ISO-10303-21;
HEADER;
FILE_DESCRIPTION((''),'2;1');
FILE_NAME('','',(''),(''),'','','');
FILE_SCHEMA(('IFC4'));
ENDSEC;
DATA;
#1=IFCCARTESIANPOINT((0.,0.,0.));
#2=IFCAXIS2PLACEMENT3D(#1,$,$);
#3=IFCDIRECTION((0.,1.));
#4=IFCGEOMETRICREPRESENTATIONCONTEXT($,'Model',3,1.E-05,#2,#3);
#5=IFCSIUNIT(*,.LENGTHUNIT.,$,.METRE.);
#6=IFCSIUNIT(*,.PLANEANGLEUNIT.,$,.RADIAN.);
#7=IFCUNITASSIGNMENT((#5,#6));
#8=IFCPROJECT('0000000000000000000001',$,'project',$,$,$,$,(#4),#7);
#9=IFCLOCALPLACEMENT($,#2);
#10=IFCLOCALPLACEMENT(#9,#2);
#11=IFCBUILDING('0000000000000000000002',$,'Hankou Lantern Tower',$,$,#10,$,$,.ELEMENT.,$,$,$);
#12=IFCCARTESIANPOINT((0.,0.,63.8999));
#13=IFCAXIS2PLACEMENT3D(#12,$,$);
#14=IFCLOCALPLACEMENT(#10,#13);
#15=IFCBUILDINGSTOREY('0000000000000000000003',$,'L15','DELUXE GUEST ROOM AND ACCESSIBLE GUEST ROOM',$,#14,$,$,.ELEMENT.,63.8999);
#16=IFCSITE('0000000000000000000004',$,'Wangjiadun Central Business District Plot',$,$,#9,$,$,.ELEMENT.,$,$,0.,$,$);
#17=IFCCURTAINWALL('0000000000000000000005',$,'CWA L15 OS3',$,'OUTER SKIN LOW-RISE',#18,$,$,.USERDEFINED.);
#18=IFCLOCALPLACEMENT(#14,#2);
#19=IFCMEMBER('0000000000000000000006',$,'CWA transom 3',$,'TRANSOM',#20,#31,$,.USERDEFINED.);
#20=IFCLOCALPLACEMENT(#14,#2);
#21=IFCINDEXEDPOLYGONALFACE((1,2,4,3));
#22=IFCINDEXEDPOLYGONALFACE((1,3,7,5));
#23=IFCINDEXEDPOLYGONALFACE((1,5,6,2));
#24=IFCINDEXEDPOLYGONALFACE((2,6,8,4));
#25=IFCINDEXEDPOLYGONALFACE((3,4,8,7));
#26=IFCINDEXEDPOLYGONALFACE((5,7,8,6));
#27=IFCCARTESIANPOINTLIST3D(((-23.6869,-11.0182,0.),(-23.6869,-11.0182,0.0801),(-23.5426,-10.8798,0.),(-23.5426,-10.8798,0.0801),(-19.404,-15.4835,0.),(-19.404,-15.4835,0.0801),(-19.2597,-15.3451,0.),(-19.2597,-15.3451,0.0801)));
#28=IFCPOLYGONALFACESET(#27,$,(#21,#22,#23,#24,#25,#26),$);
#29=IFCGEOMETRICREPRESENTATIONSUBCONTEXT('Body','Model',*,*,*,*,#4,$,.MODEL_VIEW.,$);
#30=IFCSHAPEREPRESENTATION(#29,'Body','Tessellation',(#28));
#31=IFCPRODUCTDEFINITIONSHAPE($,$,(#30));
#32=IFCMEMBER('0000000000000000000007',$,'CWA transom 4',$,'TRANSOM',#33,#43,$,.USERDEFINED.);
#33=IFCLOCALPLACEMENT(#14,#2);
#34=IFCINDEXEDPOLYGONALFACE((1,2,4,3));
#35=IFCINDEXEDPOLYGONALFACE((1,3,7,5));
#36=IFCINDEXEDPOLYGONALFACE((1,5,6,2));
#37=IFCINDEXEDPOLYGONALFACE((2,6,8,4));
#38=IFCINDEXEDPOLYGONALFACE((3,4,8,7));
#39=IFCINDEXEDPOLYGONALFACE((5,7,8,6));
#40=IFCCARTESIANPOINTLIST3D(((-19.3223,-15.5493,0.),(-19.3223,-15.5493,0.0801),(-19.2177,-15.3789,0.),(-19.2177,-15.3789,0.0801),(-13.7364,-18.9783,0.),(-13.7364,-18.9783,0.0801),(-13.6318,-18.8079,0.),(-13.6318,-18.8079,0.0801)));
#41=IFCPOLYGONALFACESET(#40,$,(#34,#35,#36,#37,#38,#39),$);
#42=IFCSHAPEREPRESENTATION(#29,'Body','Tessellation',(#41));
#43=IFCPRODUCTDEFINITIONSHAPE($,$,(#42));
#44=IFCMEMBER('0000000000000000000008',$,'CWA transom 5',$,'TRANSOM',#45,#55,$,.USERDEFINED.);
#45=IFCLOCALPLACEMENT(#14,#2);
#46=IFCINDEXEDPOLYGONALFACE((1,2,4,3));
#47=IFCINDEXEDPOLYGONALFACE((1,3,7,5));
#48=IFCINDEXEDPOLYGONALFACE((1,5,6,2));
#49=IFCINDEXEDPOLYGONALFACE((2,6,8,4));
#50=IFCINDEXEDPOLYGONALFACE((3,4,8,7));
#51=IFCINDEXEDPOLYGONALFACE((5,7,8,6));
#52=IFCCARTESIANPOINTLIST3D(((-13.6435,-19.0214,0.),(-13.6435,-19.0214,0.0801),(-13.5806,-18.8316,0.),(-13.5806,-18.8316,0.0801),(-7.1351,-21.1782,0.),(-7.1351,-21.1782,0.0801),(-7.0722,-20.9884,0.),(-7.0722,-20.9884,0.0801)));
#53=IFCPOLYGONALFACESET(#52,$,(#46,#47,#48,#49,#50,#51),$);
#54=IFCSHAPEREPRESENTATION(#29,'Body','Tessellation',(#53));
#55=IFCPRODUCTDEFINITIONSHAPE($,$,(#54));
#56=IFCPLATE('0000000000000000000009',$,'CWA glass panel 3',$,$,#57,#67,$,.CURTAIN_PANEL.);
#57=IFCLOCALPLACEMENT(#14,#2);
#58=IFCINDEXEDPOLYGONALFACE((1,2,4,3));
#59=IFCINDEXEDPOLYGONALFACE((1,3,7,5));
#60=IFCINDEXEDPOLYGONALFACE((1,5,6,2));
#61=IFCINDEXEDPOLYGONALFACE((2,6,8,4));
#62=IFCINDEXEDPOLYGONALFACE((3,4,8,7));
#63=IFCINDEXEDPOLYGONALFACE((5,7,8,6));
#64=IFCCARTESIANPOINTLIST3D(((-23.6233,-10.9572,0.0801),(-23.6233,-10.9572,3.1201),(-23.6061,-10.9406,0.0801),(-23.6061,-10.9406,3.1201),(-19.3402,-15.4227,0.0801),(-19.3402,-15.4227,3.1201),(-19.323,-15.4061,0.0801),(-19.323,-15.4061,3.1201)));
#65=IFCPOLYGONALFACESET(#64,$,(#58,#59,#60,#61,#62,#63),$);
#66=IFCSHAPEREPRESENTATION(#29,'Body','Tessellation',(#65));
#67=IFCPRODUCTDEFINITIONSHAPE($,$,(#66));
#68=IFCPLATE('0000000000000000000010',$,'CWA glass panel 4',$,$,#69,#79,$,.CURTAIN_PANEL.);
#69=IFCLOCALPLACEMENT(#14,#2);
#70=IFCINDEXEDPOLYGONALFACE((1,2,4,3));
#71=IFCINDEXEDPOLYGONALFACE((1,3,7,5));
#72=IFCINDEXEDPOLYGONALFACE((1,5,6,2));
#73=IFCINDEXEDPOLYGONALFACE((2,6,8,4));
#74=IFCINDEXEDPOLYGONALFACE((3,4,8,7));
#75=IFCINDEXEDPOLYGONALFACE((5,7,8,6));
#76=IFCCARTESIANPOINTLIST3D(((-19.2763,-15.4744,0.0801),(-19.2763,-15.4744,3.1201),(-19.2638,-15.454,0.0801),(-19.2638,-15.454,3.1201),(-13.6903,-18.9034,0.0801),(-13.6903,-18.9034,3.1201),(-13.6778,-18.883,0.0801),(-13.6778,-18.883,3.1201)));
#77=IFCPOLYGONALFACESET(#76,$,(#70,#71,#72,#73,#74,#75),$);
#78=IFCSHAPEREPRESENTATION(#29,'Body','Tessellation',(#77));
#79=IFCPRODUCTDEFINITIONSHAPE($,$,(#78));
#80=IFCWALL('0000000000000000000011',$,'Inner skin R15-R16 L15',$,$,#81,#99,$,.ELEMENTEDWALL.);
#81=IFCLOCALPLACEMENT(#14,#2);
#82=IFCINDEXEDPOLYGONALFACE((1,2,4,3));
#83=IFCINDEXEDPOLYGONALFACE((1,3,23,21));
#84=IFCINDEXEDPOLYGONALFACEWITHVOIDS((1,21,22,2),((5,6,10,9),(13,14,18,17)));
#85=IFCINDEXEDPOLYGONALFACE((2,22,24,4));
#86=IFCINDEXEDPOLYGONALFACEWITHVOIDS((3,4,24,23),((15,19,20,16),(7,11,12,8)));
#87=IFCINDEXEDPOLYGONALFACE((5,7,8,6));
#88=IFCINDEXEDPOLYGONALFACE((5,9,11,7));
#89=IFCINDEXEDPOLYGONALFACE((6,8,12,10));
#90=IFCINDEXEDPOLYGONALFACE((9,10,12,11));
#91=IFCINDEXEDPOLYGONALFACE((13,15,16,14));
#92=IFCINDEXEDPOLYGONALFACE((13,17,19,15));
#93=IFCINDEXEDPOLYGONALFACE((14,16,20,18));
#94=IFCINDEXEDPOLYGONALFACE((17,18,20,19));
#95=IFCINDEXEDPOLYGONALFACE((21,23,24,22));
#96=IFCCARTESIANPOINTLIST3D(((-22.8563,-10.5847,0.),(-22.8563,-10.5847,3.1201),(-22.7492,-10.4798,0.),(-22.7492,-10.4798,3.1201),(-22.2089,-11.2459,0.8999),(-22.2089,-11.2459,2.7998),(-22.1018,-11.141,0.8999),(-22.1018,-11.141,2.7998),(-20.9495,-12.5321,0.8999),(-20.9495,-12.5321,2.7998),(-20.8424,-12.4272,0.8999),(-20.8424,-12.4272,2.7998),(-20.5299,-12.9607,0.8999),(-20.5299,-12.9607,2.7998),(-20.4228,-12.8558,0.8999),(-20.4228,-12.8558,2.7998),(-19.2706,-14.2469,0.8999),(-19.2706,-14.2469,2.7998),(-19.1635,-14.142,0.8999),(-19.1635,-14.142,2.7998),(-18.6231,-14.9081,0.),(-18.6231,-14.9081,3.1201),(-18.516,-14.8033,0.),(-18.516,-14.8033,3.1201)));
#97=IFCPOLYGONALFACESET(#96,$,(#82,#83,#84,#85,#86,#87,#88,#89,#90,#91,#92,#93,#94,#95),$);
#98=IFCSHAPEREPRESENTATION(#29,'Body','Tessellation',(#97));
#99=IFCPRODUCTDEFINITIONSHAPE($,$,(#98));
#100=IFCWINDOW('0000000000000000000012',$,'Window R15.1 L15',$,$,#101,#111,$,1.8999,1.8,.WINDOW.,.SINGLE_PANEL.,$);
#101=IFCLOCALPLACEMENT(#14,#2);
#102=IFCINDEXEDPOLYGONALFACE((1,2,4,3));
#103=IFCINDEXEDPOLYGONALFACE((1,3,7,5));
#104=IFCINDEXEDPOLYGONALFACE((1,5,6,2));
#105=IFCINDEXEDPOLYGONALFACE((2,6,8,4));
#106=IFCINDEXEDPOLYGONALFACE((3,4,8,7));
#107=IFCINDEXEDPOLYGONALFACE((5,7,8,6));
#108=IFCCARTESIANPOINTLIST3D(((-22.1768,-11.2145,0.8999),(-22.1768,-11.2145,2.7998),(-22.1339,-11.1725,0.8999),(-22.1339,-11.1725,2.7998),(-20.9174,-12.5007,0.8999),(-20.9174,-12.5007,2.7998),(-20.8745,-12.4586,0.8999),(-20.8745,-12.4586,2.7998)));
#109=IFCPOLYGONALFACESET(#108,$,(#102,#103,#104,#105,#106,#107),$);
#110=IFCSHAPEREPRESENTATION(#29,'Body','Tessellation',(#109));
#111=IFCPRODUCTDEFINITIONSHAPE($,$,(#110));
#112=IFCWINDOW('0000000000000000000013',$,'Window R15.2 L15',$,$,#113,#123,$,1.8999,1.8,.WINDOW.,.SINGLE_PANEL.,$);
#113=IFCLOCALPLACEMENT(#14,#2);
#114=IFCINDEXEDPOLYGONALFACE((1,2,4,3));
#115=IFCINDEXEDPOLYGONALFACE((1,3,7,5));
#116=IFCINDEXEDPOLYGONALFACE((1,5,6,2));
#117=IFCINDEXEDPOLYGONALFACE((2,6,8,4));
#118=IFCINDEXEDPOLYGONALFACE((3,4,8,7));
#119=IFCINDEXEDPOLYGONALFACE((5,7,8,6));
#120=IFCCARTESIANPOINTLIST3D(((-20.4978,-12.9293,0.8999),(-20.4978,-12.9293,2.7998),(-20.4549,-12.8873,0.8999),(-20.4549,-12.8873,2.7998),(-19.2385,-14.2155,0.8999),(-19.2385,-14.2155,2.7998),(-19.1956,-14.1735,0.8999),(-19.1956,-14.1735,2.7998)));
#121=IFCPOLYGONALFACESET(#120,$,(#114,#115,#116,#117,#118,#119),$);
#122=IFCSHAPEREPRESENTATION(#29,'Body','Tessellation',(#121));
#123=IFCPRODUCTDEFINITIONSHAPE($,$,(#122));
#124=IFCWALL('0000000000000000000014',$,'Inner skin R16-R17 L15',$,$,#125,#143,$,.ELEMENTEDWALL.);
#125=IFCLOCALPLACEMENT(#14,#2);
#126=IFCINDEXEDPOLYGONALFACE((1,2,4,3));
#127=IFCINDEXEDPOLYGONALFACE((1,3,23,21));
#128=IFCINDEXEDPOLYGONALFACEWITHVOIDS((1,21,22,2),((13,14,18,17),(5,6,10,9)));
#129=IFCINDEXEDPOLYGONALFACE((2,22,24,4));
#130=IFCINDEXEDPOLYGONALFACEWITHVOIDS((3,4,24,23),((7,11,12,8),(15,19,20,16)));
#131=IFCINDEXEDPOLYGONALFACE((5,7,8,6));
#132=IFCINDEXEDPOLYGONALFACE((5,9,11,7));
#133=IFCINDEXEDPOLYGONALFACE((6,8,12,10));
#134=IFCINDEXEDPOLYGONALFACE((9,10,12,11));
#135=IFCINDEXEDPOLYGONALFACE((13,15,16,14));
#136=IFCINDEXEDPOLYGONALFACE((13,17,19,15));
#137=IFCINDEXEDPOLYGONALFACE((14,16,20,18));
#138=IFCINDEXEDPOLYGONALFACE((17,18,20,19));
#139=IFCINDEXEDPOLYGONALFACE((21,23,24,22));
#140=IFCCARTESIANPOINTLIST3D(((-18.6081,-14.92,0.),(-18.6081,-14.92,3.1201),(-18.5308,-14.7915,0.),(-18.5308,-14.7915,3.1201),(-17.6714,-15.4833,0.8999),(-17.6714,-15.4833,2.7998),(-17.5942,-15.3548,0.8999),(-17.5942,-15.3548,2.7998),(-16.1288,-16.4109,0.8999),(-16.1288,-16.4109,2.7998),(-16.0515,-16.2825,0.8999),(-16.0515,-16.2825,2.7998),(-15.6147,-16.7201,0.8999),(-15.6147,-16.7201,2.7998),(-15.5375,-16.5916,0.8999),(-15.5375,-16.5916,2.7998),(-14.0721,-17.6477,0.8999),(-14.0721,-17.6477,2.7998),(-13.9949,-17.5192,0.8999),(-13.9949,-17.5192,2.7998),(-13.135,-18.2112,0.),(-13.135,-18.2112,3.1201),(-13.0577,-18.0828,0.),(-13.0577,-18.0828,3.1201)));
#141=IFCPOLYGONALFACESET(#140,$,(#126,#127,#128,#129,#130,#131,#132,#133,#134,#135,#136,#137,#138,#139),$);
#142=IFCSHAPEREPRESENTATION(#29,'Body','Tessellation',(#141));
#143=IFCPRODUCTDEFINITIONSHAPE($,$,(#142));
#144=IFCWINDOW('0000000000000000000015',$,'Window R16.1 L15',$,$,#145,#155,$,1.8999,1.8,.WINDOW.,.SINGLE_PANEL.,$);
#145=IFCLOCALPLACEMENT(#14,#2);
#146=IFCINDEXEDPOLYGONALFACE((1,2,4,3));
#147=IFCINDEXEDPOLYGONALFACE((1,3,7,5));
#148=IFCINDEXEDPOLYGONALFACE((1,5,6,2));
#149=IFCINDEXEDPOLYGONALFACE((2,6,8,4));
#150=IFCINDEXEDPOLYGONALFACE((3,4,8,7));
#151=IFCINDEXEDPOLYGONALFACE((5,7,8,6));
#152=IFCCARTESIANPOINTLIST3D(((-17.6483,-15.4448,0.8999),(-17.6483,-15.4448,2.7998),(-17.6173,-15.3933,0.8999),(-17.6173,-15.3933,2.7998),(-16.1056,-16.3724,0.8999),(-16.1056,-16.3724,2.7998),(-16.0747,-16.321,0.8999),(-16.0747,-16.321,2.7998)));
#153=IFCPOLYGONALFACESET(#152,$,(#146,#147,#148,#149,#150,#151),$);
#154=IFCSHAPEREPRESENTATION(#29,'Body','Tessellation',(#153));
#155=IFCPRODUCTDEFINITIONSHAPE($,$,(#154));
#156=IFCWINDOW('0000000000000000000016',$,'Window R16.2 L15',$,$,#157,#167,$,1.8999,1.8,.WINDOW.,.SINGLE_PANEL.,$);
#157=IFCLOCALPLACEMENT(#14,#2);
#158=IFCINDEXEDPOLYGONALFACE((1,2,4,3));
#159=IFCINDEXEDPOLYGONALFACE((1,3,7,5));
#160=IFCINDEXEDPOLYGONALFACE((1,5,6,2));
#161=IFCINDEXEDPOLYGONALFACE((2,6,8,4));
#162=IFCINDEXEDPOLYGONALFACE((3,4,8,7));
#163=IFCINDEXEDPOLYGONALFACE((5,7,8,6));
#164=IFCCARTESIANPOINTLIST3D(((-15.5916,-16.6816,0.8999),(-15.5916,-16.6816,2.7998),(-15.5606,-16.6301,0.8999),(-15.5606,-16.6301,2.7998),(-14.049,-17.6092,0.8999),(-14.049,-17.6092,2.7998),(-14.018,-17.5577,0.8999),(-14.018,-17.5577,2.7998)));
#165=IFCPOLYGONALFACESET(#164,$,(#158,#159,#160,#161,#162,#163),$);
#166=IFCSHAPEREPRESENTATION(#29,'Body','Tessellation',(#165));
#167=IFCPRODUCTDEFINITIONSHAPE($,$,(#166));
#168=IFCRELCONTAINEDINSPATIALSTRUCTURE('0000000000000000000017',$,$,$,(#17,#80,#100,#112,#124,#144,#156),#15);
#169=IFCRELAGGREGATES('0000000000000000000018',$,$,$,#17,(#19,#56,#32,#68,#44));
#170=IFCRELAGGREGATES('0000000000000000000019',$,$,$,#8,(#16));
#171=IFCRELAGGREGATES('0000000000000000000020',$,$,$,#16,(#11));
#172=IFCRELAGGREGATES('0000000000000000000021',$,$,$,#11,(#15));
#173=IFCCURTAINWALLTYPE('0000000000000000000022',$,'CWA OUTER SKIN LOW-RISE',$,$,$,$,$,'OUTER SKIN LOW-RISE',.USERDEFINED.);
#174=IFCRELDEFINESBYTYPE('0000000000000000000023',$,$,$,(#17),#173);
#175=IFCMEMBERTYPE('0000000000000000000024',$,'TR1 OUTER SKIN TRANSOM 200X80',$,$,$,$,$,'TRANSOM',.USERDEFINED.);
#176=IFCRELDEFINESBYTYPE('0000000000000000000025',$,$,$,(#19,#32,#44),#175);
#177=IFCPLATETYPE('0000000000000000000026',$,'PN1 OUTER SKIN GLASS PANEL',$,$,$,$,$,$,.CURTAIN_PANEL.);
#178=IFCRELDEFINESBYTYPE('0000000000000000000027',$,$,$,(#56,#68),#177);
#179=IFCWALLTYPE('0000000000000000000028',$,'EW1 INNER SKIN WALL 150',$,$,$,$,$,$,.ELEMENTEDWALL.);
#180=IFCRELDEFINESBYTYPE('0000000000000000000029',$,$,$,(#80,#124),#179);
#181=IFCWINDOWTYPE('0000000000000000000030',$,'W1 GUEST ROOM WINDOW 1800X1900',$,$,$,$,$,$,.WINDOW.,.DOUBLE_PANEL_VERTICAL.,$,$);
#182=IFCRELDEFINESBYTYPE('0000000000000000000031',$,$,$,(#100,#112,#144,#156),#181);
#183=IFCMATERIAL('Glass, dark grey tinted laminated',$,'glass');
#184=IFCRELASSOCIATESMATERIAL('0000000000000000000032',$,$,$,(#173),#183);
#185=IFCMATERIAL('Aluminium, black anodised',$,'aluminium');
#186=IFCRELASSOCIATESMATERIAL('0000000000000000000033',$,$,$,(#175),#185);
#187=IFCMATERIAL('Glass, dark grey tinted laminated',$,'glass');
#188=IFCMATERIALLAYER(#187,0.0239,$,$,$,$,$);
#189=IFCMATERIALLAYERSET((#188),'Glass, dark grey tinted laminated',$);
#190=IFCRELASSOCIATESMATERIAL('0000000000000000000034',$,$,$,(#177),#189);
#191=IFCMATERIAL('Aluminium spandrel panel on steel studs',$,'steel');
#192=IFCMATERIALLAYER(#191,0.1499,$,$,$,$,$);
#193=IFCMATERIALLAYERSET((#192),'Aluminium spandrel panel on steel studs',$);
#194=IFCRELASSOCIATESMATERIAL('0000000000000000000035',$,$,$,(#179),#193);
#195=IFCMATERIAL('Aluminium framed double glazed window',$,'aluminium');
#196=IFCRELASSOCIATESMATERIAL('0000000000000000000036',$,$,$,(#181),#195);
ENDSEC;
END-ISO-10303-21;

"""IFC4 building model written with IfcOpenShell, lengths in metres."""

from ifc_helpers import new_model, si_unit, direction, frame, frame_2d, origin, origin_2d, place, context, subcontext, project, spatial, rectangle, extrude, material, layer, layer_set, material_profile, profile_set, type_object, element, fill, aggregate, save


model = new_model("IFC4")

# Units and contexts
model_context = context("Model", 3, precision=1e-05, world=origin(), true_north=direction((0.0, 1.0)))
body_context = subcontext(model_context, "Body", "Model", "MODEL_VIEW")
ifc_project = project(units=[si_unit("LENGTHUNIT", "METRE"), si_unit("PLANEANGLEUNIT", "RADIAN")], contexts=[model_context])

# Site, building, storey
site_placement = place(None, origin())
site = spatial("IfcSite", under=ifc_project, at=site_placement, Name="Wangjiadun Central Business District Plot", CompositionType="ELEMENT", RefElevation=0.0)
building_placement = place(site_placement, origin())
building = spatial("IfcBuilding", under=site, at=building_placement, Name="Hankou Lantern Tower", CompositionType="ELEMENT")
storey_placement = place(building_placement, frame((0.0, 0.0, 63.8999)))
storey = spatial("IfcBuildingStorey", under=building, at=storey_placement, Name="L15", Description="DELUXE GUEST ROOM AND ACCESSIBLE GUEST ROOM", CompositionType="ELEMENT", Elevation=63.8999)

# Curtain wall
ifc_material_1 = material(Name="Glass, dark grey tinted laminated", Category="glass")
curtain_wall_type = type_object("IfcCurtainWallType", Name="CWA OUTER SKIN LOW-RISE", ElementType="OUTER SKIN LOW-RISE", PredefinedType="USERDEFINED", material=ifc_material_1)
curtain_wall_placement = place(storey_placement, origin())
curtain_wall = element("IfcCurtainWall", 1, at=curtain_wall_placement, inside=storey, type_object=curtain_wall_type, Name="CWA L15 OS3", ObjectType="OUTER SKIN LOW-RISE", PredefinedType="USERDEFINED")

# Members
ifc_material_2 = material(Name="Aluminium, black anodised", Category="aluminium")
ifc_material_profile_1 = material_profile(ifc_material_2, rectangle(XDim=0.2, YDim=0.0801, at=origin_2d()), Name="TR1 200X80")
ifc_profile_set_1 = profile_set([ifc_material_profile_1], Name="Aluminium, black anodised")
member_type_1 = type_object("IfcMemberType", Name="TR1 OUTER SKIN TRANSOM 200X80", ElementType="TRANSOM", PredefinedType="USERDEFINED", material=ifc_profile_set_1)
member_1_placement = place(storey_placement, frame((-23.6147, -10.949, 0.04), z_axis=(0.692216, -0.721691, 0.0), x_axis=(0.721691, 0.692216, 0.0)))
member_1 = element("IfcMember", 2, at=member_1_placement, type_object=member_type_1, Name="CWA transom 3", ObjectType="TRANSOM", PredefinedType="USERDEFINED", context=body_context, shape_type="SweptSolid", body=[
    extrude(rectangle(XDim=0.2, YDim=0.0801, at=origin_2d()), origin(), (0.0, 0.0, 1.0), 6.1873),
])
member_2_placement = place(storey_placement, frame((-19.27, -15.4641, 0.04), z_axis=(0.85224, -0.523152, 0.0), x_axis=(0.523152, 0.85224, 0.0)))
member_2 = element("IfcMember", 3, at=member_2_placement, type_object=member_type_1, Name="CWA transom 4", ObjectType="TRANSOM", PredefinedType="USERDEFINED", context=body_context, shape_type="SweptSolid", body=[
    extrude(rectangle(XDim=0.2, YDim=0.0801, at=origin_2d()), origin(), (0.0, 0.0, 1.0), 6.5544),
])
member_3_placement = place(storey_placement, frame((-13.6121, -18.9265, 0.04), z_axis=(0.949237, -0.314561, 0.0), x_axis=(0.314561, 0.949237, 0.0)))
member_3 = element("IfcMember", 4, at=member_3_placement, type_object=member_type_1, Name="CWA transom 5", ObjectType="TRANSOM", PredefinedType="USERDEFINED", context=body_context, shape_type="SweptSolid", body=[
    extrude(rectangle(XDim=0.2, YDim=0.0801, at=origin_2d()), origin(), (0.0, 0.0, 1.0), 6.8564),
])

# Plates
ifc_material_3 = material(Name="Glass, dark grey tinted laminated", Category="glass")
ifc_layer_1 = layer(ifc_material_3, 0.0239)
ifc_layer_set_1 = layer_set([ifc_layer_1], Name="Glass, dark grey tinted laminated")
plate_type = type_object("IfcPlateType", Name="PN1 OUTER SKIN GLASS PANEL", PredefinedType="CURTAIN_PANEL", material=ifc_layer_set_1)
plate_1_placement = place(storey_placement, frame((-21.4731, -13.1816, 0.0801), z_axis=(0.0, 0.0, 1.0), x_axis=(0.692216, -0.721691, 0.0)))
plate_1 = element("IfcPlate", 5, at=plate_1_placement, type_object=plate_type, Name="CWA glass panel 3", PredefinedType="CURTAIN_PANEL", context=body_context, shape_type="SweptSolid", body=[
    extrude(rectangle(XDim=6.1875, YDim=0.0239, at=origin_2d()), origin(), (0.0, 0.0, 1.0), 3.04),
])
plate_2_placement = place(storey_placement, frame((-16.4771, -17.1787, 0.0801), z_axis=(0.0, 0.0, 1.0), x_axis=(0.852237, -0.523156, 0.0)))
plate_2 = element("IfcPlate", 6, at=plate_2_placement, type_object=plate_type, Name="CWA glass panel 4", PredefinedType="CURTAIN_PANEL", context=body_context, shape_type="SweptSolid", body=[
    extrude(rectangle(XDim=6.5544, YDim=0.0239, at=origin_2d()), origin(), (0.0, 0.0, 1.0), 3.04),
])
aggregate(curtain_wall, [member_1, plate_1, member_2, plate_2, member_3])

# Walls, openings, windows
ifc_material_4 = material(Name="Aluminium spandrel panel on steel studs", Category="steel")
ifc_layer_2 = layer(ifc_material_4, 0.1499)
ifc_layer_set_2 = layer_set([ifc_layer_2], Name="Aluminium spandrel panel on steel studs")
wall_type_1 = type_object("IfcWallType", Name="EW1 INNER SKIN WALL 150", PredefinedType="ELEMENTEDWALL", material=ifc_layer_set_2)
wall_1_placement = place(storey_placement, frame((-22.8027, -10.5322, 0.0), z_axis=(0.0, 0.0, 1.0), x_axis=(0.699603, -0.714532, 0.0)))
wall_1 = element("IfcWall", 7, at=wall_1_placement, inside=storey, type_object=wall_type_1, Name="Inner skin R15-R16 L15", PredefinedType="ELEMENTEDWALL", context=body_context, shape_type="SweptSolid", body=[
    extrude(rectangle(XDim=6.0508, YDim=0.1499, at=frame_2d((3.0254, 0.0))), origin(), (0.0, 0.0, 1.0), 3.1201),
])
opening_1_placement = place(wall_1_placement, frame((0.9255, 0.0, 0.8999)))
opening_1 = element("IfcOpeningElement", 8, at=opening_1_placement, cuts=wall_1, PredefinedType="OPENING", context=body_context, shape_type="SweptSolid", body=[
    extrude(rectangle(XDim=1.8, YDim=1.8999, at=frame_2d((0.8999, 0.95))), frame((0.0, 0.085, 0.0), z_axis=(0.0, -1.0, 0.0), x_axis=(1.0, 0.0, 0.0)), (0.0, 0.0, 1.0), 0.1699),
])
opening_2_placement = place(wall_1_placement, frame((3.3254, 0.0, 0.8999)))
opening_2 = element("IfcOpeningElement", 9, at=opening_2_placement, cuts=wall_1, PredefinedType="OPENING", context=body_context, shape_type="SweptSolid", body=[
    extrude(rectangle(XDim=1.8, YDim=1.8999, at=frame_2d((0.8999, 0.95))), frame((0.0, 0.085, 0.0), z_axis=(0.0, -1.0, 0.0), x_axis=(1.0, 0.0, 0.0)), (0.0, 0.0, 1.0), 0.1699),
])
ifc_material_5 = material(Name="Aluminium framed double glazed window", Category="aluminium")
window_type = type_object("IfcWindowType", Name="W1 GUEST ROOM WINDOW 1800X1900", PartitioningType="DOUBLE_PANEL_VERTICAL", PredefinedType="WINDOW", material=ifc_material_5)
window_1_placement = place(opening_1_placement, origin())
window_1 = element("IfcWindow", 10, at=window_1_placement, inside=storey, type_object=window_type, Name="Window R15.1 L15", OverallHeight=1.8999, OverallWidth=1.8, PartitioningType="SINGLE_PANEL", PredefinedType="WINDOW", context=body_context, shape_type="SweptSolid", body=[
    extrude(rectangle(XDim=1.8, YDim=1.8999, at=frame_2d((0.8999, 0.95))), frame((0.0, 0.03, 0.0), z_axis=(0.0, -1.0, 0.0), x_axis=(1.0, 0.0, 0.0)), (0.0, 0.0, 1.0), 0.0601),
])
fill(opening_1, window_1)
window_2_placement = place(opening_2_placement, origin())
window_2 = element("IfcWindow", 11, at=window_2_placement, inside=storey, type_object=window_type, Name="Window R15.2 L15", OverallHeight=1.8999, OverallWidth=1.8, PartitioningType="SINGLE_PANEL", PredefinedType="WINDOW", context=body_context, shape_type="SweptSolid", body=[
    extrude(rectangle(XDim=1.8, YDim=1.8999, at=frame_2d((0.8999, 0.95))), frame((0.0, 0.03, 0.0), z_axis=(0.0, -1.0, 0.0), x_axis=(1.0, 0.0, 0.0)), (0.0, 0.0, 1.0), 0.0601),
])
fill(opening_2, window_2)
wall_2_placement = place(storey_placement, frame((-18.5696, -14.8557, 0.0), z_axis=(0.0, 0.0, 1.0), x_axis=(0.856983, -0.515344, 0.0)))
wall_2 = element("IfcWall", 12, at=wall_2_placement, inside=storey, type_object=wall_type_1, Name="Inner skin R16-R17 L15", PredefinedType="ELEMENTEDWALL", context=body_context, shape_type="SweptSolid", body=[
    extrude(rectangle(XDim=6.3865, YDim=0.1499, at=frame_2d((3.1934, 0.0))), origin(), (0.0, 0.0, 1.0), 3.1201),
])
opening_3_placement = place(wall_2_placement, frame((1.0933, 0.0, 0.8999)))
opening_3 = element("IfcOpeningElement", 13, at=opening_3_placement, cuts=wall_2, PredefinedType="OPENING", context=body_context, shape_type="SweptSolid", body=[
    extrude(rectangle(XDim=1.8, YDim=1.8999, at=frame_2d((0.8999, 0.95))), frame((0.0, 0.085, 0.0), z_axis=(0.0, -1.0, 0.0), x_axis=(1.0, 0.0, 0.0)), (0.0, 0.0, 1.0), 0.1699),
])
opening_4_placement = place(wall_2_placement, frame((3.4932, 0.0, 0.8999)))
opening_4 = element("IfcOpeningElement", 14, at=opening_4_placement, cuts=wall_2, PredefinedType="OPENING", context=body_context, shape_type="SweptSolid", body=[
    extrude(rectangle(XDim=1.8, YDim=1.8999, at=frame_2d((0.8999, 0.95))), frame((0.0, 0.085, 0.0), z_axis=(0.0, -1.0, 0.0), x_axis=(1.0, 0.0, 0.0)), (0.0, 0.0, 1.0), 0.1699),
])
window_3_placement = place(opening_3_placement, origin())
window_3 = element("IfcWindow", 15, at=window_3_placement, inside=storey, type_object=window_type, Name="Window R16.1 L15", OverallHeight=1.8999, OverallWidth=1.8, PartitioningType="SINGLE_PANEL", PredefinedType="WINDOW", context=body_context, shape_type="SweptSolid", body=[
    extrude(rectangle(XDim=1.8, YDim=1.8999, at=frame_2d((0.8999, 0.95))), frame((0.0, 0.03, 0.0), z_axis=(0.0, -1.0, 0.0), x_axis=(1.0, 0.0, 0.0)), (0.0, 0.0, 1.0), 0.0601),
])
fill(opening_3, window_3)
window_4_placement = place(opening_4_placement, origin())
window_4 = element("IfcWindow", 16, at=window_4_placement, inside=storey, type_object=window_type, Name="Window R16.2 L15", OverallHeight=1.8999, OverallWidth=1.8, PartitioningType="SINGLE_PANEL", PredefinedType="WINDOW", context=body_context, shape_type="SweptSolid", body=[
    extrude(rectangle(XDim=1.8, YDim=1.8999, at=frame_2d((0.8999, 0.95))), frame((0.0, 0.03, 0.0), z_axis=(0.0, -1.0, 0.0), x_axis=(1.0, 0.0, 0.0)), (0.0, 0.0, 1.0), 0.0601),
])
fill(opening_4, window_4)

save(model, "model.ifc")
